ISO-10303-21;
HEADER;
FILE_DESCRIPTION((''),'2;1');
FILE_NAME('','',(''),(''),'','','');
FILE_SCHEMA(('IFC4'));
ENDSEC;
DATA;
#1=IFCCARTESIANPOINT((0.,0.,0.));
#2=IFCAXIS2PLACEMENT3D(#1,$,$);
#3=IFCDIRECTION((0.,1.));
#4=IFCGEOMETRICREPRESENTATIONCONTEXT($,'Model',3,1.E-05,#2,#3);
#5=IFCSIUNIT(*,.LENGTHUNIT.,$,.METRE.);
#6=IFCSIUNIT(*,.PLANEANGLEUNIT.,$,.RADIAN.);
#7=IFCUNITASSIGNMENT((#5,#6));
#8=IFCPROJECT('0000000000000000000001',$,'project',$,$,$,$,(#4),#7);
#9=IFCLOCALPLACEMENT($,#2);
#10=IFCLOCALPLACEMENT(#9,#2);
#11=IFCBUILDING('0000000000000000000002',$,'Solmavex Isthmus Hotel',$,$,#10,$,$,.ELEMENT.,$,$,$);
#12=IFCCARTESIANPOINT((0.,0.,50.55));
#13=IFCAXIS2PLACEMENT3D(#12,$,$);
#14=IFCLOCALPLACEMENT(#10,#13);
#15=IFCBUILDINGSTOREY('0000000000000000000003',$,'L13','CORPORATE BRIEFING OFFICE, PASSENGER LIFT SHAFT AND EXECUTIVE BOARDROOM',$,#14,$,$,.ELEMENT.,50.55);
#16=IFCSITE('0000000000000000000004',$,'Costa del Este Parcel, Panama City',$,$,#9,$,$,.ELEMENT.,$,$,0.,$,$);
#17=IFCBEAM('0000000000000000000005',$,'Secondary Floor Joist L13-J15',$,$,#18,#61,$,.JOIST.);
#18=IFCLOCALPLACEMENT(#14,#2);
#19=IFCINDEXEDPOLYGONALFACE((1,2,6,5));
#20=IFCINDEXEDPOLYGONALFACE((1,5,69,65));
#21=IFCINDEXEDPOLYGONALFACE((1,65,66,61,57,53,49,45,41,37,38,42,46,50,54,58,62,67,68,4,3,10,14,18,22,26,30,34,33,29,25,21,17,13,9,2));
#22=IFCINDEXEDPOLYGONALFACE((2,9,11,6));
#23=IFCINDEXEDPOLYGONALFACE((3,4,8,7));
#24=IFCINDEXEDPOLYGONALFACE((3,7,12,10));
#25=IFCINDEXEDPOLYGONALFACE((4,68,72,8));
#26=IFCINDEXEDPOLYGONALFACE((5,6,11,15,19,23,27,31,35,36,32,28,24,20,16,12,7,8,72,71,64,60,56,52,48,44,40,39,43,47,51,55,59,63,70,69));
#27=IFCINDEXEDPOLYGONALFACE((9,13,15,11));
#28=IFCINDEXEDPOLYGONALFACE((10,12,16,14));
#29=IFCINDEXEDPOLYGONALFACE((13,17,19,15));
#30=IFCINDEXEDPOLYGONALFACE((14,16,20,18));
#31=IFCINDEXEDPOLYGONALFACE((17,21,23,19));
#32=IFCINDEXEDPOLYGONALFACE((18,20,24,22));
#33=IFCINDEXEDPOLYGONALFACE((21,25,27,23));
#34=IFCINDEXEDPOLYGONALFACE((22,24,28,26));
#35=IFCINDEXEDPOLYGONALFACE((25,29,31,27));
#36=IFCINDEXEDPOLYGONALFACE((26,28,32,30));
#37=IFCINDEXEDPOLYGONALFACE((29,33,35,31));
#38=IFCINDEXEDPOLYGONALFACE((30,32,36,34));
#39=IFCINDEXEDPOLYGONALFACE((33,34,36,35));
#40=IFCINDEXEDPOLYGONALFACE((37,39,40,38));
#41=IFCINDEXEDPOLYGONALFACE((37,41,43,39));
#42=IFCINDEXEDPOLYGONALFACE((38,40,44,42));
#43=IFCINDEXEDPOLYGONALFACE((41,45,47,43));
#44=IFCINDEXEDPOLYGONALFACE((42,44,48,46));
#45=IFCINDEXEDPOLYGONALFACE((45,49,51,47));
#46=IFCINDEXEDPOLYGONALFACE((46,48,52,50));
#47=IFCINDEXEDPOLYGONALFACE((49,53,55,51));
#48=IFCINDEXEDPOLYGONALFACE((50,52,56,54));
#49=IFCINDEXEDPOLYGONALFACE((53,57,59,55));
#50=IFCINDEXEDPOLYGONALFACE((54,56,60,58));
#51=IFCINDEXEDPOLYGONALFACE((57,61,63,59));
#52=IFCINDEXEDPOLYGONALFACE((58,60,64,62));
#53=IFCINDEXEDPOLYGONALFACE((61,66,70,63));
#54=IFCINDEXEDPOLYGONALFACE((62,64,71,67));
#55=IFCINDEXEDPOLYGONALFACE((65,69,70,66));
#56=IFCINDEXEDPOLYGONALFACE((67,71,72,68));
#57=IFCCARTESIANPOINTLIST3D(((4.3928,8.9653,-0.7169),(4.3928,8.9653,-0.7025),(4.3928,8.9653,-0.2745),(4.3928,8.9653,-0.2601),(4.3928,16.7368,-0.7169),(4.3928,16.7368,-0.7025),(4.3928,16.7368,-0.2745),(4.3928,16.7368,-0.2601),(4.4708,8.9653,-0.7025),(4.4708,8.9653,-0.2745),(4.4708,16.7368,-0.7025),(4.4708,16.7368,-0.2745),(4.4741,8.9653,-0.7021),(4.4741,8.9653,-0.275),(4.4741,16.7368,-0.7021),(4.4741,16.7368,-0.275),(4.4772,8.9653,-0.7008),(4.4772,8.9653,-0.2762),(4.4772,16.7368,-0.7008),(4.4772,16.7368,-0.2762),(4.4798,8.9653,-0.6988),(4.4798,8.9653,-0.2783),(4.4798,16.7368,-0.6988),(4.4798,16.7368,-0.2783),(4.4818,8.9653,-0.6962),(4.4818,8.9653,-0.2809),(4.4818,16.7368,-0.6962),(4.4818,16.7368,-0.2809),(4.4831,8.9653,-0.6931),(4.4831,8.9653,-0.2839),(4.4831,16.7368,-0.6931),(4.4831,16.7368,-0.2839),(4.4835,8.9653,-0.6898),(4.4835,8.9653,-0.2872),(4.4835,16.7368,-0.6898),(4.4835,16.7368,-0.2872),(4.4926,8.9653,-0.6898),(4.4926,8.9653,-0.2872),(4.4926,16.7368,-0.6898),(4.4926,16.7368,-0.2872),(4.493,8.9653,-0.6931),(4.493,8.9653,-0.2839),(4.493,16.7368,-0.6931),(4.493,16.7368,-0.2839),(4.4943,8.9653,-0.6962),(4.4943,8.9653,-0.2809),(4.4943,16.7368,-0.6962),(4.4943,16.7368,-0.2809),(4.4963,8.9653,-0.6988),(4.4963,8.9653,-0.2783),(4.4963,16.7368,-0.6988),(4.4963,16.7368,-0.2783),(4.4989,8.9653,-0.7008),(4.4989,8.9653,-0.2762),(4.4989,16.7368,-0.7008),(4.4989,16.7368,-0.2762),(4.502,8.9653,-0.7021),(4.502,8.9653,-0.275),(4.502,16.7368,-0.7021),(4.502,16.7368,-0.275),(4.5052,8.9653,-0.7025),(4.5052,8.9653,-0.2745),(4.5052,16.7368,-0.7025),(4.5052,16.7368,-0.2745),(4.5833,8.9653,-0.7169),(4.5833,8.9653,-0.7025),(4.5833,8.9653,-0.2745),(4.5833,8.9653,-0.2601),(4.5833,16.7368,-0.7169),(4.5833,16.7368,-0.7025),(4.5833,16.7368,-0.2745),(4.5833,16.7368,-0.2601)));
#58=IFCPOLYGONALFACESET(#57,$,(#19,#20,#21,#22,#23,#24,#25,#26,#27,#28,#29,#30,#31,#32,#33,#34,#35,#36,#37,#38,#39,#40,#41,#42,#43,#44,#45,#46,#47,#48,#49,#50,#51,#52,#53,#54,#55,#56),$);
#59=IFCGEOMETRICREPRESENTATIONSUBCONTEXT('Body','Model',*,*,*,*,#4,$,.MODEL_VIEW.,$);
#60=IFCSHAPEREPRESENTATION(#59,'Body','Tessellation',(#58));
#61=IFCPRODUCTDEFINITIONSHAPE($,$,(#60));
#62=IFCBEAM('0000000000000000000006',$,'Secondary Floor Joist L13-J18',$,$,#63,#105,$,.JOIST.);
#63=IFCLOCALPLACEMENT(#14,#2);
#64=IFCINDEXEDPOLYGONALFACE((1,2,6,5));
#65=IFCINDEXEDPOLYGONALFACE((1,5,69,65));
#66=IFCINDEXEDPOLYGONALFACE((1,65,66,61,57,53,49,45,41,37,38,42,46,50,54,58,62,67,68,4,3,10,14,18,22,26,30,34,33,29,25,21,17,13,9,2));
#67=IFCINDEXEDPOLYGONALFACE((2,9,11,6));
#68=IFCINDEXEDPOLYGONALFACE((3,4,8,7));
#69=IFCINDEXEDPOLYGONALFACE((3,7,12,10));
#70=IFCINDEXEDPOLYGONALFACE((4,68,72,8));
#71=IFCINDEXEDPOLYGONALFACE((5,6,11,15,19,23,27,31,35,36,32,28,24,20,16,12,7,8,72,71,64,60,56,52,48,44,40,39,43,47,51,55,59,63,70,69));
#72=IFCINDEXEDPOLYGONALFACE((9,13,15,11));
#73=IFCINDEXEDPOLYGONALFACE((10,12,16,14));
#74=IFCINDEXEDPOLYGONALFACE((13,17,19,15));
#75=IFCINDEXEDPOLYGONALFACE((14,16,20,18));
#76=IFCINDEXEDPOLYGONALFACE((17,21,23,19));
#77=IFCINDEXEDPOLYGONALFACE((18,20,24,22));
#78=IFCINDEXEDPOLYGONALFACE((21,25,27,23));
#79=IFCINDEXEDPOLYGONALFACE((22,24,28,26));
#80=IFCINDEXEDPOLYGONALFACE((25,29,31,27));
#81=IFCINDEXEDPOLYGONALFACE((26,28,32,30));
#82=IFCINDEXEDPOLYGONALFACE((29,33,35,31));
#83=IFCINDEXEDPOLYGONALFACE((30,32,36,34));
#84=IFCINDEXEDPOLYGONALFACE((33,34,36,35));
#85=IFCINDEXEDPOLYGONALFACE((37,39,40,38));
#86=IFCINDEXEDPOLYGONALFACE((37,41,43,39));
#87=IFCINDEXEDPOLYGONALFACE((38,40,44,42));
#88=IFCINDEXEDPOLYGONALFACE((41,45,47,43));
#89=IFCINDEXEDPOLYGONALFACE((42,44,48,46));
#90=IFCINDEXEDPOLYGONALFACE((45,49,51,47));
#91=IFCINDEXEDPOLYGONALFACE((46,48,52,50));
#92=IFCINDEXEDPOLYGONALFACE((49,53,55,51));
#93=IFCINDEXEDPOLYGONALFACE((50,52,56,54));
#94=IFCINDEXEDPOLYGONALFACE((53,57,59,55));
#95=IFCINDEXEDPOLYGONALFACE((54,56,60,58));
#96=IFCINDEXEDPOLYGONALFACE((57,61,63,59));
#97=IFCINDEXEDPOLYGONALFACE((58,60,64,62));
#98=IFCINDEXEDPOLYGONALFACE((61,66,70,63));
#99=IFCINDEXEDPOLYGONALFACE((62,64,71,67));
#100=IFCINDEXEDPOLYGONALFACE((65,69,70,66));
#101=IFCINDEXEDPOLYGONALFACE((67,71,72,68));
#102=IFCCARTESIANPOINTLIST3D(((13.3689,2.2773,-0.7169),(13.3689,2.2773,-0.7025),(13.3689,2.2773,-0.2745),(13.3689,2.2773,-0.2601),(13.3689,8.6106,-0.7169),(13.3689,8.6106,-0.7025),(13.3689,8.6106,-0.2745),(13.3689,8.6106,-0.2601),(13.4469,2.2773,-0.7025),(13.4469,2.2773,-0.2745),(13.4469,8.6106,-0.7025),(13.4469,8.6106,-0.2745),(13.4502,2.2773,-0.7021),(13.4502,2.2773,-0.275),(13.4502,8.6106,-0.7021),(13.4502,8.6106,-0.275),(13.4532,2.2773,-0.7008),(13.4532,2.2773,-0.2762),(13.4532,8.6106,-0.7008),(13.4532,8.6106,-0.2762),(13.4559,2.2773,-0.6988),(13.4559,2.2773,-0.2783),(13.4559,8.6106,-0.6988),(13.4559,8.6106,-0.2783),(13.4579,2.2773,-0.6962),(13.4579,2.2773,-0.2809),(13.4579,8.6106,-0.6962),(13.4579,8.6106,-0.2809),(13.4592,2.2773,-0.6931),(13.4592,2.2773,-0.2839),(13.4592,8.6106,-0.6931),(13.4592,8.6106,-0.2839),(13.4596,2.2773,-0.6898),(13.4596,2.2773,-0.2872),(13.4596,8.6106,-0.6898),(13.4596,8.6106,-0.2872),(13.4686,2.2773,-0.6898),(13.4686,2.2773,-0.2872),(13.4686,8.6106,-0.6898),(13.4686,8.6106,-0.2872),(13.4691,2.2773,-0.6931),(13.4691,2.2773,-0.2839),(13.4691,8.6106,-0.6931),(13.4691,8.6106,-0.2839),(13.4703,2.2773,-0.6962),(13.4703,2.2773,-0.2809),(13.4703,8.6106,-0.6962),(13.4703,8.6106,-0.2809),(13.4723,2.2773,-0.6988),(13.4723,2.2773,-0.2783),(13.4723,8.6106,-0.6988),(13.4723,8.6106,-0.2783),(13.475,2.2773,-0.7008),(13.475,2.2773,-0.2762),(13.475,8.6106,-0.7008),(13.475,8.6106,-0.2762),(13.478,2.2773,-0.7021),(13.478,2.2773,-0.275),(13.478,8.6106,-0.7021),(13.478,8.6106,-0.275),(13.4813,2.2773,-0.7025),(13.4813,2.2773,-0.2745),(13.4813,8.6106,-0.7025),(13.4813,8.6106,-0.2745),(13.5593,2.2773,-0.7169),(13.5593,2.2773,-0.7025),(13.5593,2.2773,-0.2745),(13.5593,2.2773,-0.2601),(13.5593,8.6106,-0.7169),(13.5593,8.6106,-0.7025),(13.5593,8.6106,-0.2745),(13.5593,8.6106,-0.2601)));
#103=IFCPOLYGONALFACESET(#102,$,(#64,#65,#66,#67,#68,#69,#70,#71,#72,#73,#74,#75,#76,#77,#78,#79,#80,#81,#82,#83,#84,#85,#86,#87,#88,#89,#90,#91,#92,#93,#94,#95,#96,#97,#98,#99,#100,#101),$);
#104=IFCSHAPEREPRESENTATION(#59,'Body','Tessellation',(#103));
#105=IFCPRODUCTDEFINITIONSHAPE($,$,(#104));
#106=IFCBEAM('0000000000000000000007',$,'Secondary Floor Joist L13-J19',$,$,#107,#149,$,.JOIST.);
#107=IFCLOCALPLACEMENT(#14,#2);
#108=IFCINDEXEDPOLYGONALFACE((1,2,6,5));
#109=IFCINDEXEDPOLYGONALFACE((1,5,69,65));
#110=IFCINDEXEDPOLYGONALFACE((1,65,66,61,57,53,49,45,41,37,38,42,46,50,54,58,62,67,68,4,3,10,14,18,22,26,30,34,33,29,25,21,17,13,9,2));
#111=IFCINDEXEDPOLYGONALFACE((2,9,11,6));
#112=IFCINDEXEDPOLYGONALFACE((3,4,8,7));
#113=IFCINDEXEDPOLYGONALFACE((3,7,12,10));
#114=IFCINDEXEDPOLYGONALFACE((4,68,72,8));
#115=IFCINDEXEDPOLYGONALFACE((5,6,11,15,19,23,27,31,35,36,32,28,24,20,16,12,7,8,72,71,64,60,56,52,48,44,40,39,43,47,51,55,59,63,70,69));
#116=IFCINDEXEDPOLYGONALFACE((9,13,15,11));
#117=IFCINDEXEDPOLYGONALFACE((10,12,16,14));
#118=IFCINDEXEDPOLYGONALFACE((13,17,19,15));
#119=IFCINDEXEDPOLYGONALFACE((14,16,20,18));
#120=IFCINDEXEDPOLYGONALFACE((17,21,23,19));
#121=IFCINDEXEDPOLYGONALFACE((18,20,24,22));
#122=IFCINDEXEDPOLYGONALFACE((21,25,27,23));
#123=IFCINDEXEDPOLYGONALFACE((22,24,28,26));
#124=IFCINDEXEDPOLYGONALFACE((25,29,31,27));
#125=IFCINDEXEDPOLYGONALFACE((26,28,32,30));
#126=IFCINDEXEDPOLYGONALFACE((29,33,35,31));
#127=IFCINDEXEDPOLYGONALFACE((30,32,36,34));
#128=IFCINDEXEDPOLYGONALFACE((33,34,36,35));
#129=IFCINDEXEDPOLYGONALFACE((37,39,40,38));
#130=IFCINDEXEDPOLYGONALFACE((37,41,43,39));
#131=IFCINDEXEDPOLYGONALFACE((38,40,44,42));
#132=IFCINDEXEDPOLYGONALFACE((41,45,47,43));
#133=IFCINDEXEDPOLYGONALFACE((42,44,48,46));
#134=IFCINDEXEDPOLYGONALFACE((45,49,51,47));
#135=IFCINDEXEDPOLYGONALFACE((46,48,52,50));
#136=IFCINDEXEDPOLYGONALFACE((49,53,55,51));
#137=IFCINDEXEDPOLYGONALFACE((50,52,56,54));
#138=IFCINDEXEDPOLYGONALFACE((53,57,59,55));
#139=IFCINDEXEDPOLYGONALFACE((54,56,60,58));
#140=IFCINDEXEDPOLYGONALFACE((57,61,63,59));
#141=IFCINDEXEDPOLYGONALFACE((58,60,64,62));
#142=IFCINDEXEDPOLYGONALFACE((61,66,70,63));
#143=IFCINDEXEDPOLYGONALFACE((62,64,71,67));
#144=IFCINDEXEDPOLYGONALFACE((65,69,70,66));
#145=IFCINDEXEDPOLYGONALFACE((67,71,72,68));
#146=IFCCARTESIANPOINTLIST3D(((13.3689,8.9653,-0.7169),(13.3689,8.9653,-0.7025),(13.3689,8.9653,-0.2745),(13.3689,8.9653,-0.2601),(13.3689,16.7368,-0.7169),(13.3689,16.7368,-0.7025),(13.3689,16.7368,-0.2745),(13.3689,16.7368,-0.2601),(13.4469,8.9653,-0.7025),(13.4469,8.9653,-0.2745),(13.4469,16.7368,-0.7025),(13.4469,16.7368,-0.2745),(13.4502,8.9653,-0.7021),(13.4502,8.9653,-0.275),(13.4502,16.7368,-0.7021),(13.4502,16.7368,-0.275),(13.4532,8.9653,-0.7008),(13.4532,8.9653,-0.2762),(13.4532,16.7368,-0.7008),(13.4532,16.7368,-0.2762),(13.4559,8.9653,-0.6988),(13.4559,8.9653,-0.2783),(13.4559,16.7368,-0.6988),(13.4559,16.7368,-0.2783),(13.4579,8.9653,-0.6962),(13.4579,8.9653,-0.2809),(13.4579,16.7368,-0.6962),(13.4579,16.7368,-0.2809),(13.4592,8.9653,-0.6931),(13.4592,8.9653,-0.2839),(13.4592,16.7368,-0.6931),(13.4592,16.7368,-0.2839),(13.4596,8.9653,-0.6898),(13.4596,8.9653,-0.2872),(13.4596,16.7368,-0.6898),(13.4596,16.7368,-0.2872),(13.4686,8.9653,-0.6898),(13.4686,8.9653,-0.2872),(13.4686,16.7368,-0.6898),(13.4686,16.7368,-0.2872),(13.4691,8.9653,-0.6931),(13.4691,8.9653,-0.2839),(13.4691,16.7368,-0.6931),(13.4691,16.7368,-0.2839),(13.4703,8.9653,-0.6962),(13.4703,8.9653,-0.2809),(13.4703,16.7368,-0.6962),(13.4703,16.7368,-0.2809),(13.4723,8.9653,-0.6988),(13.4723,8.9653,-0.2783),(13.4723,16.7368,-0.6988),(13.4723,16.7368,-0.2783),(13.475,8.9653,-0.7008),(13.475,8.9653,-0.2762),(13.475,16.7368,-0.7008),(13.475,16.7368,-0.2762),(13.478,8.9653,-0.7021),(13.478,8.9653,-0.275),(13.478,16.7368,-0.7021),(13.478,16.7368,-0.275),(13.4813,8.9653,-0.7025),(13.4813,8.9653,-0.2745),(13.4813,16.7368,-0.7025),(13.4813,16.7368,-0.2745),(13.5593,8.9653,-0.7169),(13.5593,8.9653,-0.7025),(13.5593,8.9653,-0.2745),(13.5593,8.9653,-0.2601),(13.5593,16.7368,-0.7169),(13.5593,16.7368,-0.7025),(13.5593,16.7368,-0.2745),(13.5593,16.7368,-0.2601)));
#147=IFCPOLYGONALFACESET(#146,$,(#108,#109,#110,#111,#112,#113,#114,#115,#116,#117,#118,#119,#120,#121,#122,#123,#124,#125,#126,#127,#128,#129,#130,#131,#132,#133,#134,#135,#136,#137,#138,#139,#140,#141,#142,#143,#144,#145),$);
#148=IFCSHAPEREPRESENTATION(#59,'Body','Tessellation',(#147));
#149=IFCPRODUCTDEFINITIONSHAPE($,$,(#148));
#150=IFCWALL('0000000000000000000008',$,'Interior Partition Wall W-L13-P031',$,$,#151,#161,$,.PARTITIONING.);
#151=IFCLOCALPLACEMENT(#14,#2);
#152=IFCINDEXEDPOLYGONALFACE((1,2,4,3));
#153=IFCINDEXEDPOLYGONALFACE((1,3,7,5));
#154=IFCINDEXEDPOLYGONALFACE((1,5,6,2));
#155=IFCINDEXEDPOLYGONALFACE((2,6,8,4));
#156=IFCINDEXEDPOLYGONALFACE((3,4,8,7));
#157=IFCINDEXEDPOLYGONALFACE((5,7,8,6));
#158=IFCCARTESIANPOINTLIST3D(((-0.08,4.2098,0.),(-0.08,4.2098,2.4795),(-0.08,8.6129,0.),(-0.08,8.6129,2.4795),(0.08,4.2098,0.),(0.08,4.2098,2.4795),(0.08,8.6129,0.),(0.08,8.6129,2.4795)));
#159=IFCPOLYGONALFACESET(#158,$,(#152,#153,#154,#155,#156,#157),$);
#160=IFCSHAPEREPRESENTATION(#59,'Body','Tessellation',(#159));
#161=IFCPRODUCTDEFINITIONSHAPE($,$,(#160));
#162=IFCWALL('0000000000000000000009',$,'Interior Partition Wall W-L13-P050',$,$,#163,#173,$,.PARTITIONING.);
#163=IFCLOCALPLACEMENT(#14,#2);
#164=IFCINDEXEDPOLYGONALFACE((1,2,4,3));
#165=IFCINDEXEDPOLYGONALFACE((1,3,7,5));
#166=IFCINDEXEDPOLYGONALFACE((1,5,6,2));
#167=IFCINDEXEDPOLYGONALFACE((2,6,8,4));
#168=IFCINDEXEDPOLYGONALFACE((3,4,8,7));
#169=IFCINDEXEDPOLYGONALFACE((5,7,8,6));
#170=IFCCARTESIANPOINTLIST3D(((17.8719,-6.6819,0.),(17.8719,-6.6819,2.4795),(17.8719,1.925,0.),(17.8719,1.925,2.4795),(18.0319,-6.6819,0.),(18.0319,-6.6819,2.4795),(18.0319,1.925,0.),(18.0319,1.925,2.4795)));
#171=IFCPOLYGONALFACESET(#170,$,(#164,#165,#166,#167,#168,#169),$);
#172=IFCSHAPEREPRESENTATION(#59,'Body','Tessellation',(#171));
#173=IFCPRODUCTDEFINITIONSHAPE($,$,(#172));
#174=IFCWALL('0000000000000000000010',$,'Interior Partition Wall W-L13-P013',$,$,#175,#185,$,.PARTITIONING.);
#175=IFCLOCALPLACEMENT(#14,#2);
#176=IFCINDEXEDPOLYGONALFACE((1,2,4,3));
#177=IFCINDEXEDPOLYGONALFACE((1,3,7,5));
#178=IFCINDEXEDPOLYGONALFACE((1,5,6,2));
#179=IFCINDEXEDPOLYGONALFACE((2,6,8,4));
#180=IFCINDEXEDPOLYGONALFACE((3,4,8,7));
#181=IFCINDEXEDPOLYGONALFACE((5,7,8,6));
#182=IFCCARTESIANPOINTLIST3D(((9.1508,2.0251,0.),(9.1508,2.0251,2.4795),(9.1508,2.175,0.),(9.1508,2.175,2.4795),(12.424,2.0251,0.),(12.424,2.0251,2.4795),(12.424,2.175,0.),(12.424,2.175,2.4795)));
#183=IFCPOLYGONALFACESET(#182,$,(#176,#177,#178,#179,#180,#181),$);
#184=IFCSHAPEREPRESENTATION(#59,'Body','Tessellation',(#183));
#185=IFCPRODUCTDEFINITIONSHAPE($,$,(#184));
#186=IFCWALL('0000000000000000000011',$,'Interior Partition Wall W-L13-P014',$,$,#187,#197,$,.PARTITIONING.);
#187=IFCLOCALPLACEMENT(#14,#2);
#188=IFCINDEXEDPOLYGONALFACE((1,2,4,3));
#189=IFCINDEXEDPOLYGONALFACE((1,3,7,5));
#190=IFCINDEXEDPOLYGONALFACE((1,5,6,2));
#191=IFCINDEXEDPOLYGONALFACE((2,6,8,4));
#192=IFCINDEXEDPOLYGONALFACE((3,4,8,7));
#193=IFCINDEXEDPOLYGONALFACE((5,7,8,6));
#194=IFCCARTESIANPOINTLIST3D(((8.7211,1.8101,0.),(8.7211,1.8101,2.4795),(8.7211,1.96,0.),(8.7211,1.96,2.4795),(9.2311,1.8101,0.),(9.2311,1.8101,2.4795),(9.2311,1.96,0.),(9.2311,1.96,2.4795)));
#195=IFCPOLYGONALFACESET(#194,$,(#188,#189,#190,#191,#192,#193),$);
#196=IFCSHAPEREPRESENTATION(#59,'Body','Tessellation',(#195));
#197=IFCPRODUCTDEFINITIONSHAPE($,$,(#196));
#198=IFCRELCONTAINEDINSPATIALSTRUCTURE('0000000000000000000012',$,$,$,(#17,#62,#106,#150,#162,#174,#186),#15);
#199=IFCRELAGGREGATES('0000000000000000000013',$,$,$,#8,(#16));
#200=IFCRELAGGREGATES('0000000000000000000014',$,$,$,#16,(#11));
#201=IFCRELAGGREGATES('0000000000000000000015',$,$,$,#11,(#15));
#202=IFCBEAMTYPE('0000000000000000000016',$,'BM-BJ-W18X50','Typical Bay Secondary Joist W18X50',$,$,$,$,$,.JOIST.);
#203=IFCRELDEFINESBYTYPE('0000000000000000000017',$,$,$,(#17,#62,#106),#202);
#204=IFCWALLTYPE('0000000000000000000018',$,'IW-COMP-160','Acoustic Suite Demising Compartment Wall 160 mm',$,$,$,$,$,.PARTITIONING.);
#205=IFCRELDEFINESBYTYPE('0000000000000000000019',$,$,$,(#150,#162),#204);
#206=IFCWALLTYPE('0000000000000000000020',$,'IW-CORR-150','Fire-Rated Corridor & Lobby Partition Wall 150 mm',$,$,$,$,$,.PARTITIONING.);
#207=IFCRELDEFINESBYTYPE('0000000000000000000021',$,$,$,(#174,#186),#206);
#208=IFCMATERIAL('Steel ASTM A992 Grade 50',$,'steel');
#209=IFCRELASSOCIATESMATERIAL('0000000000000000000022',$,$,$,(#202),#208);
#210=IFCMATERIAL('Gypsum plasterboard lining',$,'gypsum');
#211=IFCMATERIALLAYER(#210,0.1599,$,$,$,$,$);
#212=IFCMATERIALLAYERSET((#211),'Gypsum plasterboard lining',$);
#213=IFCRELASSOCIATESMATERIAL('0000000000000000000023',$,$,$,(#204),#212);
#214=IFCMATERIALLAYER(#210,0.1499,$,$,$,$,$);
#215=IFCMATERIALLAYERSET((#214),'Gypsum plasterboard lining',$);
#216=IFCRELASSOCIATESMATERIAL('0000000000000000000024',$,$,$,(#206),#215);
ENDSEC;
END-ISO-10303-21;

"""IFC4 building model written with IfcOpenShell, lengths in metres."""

from ifc_helpers import new_model, si_unit, direction, frame, frame_2d, origin, origin_2d, place, context, subcontext, project, spatial, rectangle, i_section, extrude, material, layer, layer_set, material_profile, profile_set, type_object, element, save


model = new_model("IFC4")

# Units and contexts
model_context = context("Model", 3, precision=1e-05, world=origin(), true_north=direction((0.0, 1.0)))
body_context = subcontext(model_context, "Body", "Model", "MODEL_VIEW")
ifc_project = project(units=[si_unit("LENGTHUNIT", "METRE"), si_unit("PLANEANGLEUNIT", "RADIAN")], contexts=[model_context])

# Site, building, storey
site_placement = place(None, origin())
site = spatial("IfcSite", under=ifc_project, at=site_placement, Name="Costa del Este Parcel, Panama City", CompositionType="ELEMENT", RefElevation=0.0)
building_placement = place(site_placement, origin())
building = spatial("IfcBuilding", under=site, at=building_placement, Name="Solmavex Isthmus Hotel", CompositionType="ELEMENT")
storey_placement = place(building_placement, frame((0.0, 0.0, 50.55)))
storey = spatial("IfcBuildingStorey", under=building, at=storey_placement, Name="L13", Description="CORPORATE BRIEFING OFFICE, PASSENGER LIFT SHAFT AND EXECUTIVE BOARDROOM", CompositionType="ELEMENT", Elevation=50.55)

# Beams
ifc_material_1 = material(Name="Steel ASTM A992 Grade 50", Category="steel")
ifc_material_profile_1 = material_profile(ifc_material_1, i_section(OverallWidth=0.1904, OverallDepth=0.4568, WebThickness=0.009, FlangeThickness=0.0144, FilletRadius=0.0127, at=origin_2d()), Name="W18X50")
ifc_profile_set_1 = profile_set([ifc_material_profile_1], Name="Steel ASTM A992 Grade 50")
beam_type_1 = type_object("IfcBeamType", Name="BM-BJ-W18X50", Description="Typical Bay Secondary Joist W18X50", PredefinedType="JOIST", material=ifc_profile_set_1)
beam_1_placement = place(storey_placement, frame((4.488, 8.9653, -0.4885), z_axis=(0.0, 1.0, 0.0), x_axis=(-1.0, 0.0, 0.0)))
element("IfcBeam", 1, at=beam_1_placement, inside=storey, type_object=beam_type_1, Name="Secondary Floor Joist L13-J15", PredefinedType="JOIST", context=body_context, shape_type="SweptSolid", body=[
    extrude(i_section(OverallWidth=0.1904, OverallDepth=0.4568, WebThickness=0.009, FlangeThickness=0.0144, FilletRadius=0.0127, at=origin_2d()), origin(), (0.0, 0.0, 1.0), 7.7715),
])
beam_2_placement = place(storey_placement, frame((13.4641, 2.2773, -0.4885), z_axis=(0.0, 1.0, 0.0), x_axis=(-1.0, 0.0, 0.0)))
element("IfcBeam", 2, at=beam_2_placement, inside=storey, type_object=beam_type_1, Name="Secondary Floor Joist L13-J18", PredefinedType="JOIST", context=body_context, shape_type="SweptSolid", body=[
    extrude(i_section(OverallWidth=0.1904, OverallDepth=0.4568, WebThickness=0.009, FlangeThickness=0.0144, FilletRadius=0.0127, at=origin_2d()), origin(), (0.0, 0.0, 1.0), 6.3333),
])
beam_3_placement = place(storey_placement, frame((13.4641, 8.9653, -0.4885), z_axis=(0.0, 1.0, 0.0), x_axis=(-1.0, 0.0, 0.0)))
element("IfcBeam", 3, at=beam_3_placement, inside=storey, type_object=beam_type_1, Name="Secondary Floor Joist L13-J19", PredefinedType="JOIST", context=body_context, shape_type="SweptSolid", body=[
    extrude(i_section(OverallWidth=0.1904, OverallDepth=0.4568, WebThickness=0.009, FlangeThickness=0.0144, FilletRadius=0.0127, at=origin_2d()), origin(), (0.0, 0.0, 1.0), 7.7715),
])

# Walls
ifc_material_2 = material(Name="Gypsum plasterboard lining", Category="gypsum")
ifc_layer_1 = layer(ifc_material_2, 0.1599)
ifc_layer_set_1 = layer_set([ifc_layer_1], Name="Gypsum plasterboard lining")
wall_type_1 = type_object("IfcWallType", Name="IW-COMP-160", Description="Acoustic Suite Demising Compartment Wall 160 mm", PredefinedType="PARTITIONING", material=ifc_layer_set_1)
wall_1_placement = place(storey_placement, frame((0.0, 8.613, 0.0), z_axis=(0.0, 0.0, 1.0), x_axis=(0.0, -1.0, 0.0)))
element("IfcWall", 4, at=wall_1_placement, inside=storey, type_object=wall_type_1, Name="Interior Partition Wall W-L13-P031", PredefinedType="PARTITIONING", context=body_context, shape_type="SweptSolid", body=[
    extrude(rectangle(XDim=4.4031, YDim=0.1599, at=frame_2d((2.2017, 0.0))), origin(), (0.0, 0.0, 1.0), 2.4795),
])
wall_2_placement = place(storey_placement, frame((17.9519, 1.925, 0.0), z_axis=(0.0, 0.0, 1.0), x_axis=(0.0, -1.0, 0.0)))
element("IfcWall", 5, at=wall_2_placement, inside=storey, type_object=wall_type_1, Name="Interior Partition Wall W-L13-P050", PredefinedType="PARTITIONING", context=body_context, shape_type="SweptSolid", body=[
    extrude(rectangle(XDim=8.6069, YDim=0.1599, at=frame_2d((4.3035, 0.0))), origin(), (0.0, 0.0, 1.0), 2.4795),
])

# Shared definitions
ifc_layer_2 = layer(ifc_material_2, 0.1499)
ifc_layer_set_2 = layer_set([ifc_layer_2], Name="Gypsum plasterboard lining")
wall_type_2 = type_object("IfcWallType", Name="IW-CORR-150", Description="Fire-Rated Corridor & Lobby Partition Wall 150 mm", PredefinedType="PARTITIONING", material=ifc_layer_set_2)

# Walls
wall_3_placement = place(storey_placement, frame((12.4241, 2.1001, 0.0), z_axis=(0.0, 0.0, 1.0), x_axis=(-1.0, 0.0, 0.0)))
element("IfcWall", 6, at=wall_3_placement, inside=storey, type_object=wall_type_2, Name="Interior Partition Wall W-L13-P013", PredefinedType="PARTITIONING", context=body_context, shape_type="SweptSolid", body=[
    extrude(rectangle(XDim=3.2732, YDim=0.1499, at=frame_2d((1.6367, 0.0))), origin(), (0.0, 0.0, 1.0), 2.4795),
])
wall_4_placement = place(storey_placement, frame((9.231, 1.885, 0.0), z_axis=(0.0, 0.0, 1.0), x_axis=(-1.0, 0.0, 0.0)))
element("IfcWall", 7, at=wall_4_placement, inside=storey, type_object=wall_type_2, Name="Interior Partition Wall W-L13-P014", PredefinedType="PARTITIONING", context=body_context, shape_type="SweptSolid", body=[
    extrude(rectangle(XDim=0.51, YDim=0.1499, at=frame_2d((0.2549, 0.0))), origin(), (0.0, 0.0, 1.0), 2.4795),
])

save(model, "model.ifc")
